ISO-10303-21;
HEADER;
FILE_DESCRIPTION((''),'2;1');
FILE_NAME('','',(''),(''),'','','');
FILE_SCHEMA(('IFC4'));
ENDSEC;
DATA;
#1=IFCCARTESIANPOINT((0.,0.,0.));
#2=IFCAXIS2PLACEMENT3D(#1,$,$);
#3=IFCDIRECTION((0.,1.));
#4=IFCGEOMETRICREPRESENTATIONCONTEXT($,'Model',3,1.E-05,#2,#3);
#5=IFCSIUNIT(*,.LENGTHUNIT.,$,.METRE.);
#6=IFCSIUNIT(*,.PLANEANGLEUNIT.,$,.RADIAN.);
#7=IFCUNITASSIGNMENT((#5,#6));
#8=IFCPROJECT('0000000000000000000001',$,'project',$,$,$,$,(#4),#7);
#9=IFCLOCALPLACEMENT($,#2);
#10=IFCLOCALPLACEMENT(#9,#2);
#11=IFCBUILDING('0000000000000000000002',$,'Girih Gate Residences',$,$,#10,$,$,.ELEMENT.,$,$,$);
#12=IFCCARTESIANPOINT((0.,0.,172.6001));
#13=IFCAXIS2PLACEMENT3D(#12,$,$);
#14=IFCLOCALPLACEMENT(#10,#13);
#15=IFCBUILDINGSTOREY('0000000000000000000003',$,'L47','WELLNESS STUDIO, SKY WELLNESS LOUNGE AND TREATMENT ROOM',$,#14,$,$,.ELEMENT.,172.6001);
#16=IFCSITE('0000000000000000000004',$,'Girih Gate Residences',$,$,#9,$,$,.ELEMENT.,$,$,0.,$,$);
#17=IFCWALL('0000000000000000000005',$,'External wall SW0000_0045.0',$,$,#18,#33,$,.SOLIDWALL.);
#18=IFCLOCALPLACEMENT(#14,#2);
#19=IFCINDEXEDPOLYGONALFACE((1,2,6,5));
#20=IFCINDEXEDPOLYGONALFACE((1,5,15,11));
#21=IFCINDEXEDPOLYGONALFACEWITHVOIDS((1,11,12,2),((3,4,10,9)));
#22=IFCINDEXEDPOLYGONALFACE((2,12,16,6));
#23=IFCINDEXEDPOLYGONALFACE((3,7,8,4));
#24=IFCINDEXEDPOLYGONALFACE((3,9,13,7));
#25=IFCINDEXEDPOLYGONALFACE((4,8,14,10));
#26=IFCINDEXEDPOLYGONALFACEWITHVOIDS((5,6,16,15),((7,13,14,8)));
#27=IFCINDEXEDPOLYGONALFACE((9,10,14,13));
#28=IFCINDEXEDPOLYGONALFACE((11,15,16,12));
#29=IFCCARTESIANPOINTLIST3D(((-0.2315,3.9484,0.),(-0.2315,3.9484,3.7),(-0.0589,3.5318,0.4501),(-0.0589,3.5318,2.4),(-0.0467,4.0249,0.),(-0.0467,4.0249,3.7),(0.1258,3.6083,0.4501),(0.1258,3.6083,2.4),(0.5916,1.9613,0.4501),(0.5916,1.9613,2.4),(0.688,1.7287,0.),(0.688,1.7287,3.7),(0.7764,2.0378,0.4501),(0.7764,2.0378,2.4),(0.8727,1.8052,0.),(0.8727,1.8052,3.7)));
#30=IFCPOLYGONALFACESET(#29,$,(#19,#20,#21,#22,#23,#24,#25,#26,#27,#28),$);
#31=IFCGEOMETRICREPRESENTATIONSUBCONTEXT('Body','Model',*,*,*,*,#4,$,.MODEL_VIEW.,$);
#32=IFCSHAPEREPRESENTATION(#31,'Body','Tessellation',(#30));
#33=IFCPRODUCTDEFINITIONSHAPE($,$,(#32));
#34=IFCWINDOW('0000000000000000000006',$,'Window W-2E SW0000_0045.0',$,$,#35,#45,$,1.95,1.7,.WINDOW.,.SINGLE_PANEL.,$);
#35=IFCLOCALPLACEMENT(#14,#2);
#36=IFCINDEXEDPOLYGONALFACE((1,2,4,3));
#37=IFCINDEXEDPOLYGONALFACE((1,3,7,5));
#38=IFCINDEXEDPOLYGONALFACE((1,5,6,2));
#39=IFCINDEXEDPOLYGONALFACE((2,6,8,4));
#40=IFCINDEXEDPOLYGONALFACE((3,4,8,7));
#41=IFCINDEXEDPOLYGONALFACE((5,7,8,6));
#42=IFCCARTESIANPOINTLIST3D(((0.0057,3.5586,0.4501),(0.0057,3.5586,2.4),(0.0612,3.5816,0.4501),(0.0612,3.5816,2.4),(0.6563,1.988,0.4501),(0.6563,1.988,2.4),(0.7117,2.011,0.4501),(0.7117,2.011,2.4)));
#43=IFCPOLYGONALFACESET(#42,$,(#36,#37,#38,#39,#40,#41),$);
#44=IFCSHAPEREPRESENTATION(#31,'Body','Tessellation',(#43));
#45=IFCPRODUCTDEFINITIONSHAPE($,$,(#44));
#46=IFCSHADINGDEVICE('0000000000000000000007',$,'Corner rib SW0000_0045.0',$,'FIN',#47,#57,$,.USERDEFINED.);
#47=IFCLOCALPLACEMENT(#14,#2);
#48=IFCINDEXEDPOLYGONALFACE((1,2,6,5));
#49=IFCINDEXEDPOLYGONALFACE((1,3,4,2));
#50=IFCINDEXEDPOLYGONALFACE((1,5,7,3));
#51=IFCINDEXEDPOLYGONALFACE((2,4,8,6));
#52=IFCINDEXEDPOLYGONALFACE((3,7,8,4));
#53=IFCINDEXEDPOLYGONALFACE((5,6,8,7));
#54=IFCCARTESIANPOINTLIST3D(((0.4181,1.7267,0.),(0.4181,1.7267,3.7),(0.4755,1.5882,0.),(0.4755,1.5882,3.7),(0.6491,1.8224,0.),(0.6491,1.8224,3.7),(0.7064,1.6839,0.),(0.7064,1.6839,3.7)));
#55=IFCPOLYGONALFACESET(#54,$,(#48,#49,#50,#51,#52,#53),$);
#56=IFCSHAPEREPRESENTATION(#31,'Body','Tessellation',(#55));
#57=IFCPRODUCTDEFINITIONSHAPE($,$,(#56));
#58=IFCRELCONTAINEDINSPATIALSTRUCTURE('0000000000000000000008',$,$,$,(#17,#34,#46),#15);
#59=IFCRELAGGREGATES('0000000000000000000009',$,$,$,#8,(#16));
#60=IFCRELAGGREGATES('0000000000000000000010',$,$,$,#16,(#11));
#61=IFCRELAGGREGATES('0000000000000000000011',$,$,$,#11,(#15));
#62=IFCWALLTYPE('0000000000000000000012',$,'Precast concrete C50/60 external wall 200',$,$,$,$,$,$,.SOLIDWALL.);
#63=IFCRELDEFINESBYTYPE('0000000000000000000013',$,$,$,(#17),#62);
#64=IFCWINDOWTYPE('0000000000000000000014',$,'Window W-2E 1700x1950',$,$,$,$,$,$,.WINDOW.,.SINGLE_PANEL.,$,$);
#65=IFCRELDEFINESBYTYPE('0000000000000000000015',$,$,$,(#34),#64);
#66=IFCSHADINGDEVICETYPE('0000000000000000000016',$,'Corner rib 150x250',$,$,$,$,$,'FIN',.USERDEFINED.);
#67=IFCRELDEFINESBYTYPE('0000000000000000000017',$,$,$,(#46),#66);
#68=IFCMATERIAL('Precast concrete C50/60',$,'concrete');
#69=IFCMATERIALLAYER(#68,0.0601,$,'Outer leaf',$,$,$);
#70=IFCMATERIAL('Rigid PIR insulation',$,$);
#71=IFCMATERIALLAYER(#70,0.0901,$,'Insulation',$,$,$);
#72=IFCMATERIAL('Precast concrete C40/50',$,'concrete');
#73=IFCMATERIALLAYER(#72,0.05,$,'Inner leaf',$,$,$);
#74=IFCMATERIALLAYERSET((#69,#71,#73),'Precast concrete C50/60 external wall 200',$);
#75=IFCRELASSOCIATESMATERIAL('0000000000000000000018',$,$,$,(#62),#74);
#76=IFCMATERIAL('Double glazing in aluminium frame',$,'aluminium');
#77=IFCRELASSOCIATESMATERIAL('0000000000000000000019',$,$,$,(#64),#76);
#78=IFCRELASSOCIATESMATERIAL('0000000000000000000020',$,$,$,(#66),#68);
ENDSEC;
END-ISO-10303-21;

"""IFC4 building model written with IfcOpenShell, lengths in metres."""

from ifc_helpers import new_model, si_unit, direction, frame, frame_2d, origin, origin_2d, place, context, subcontext, project, spatial, rectangle, extrude, material, layer, layer_set, type_object, element, fill, save


model = new_model("IFC4")

# Units and contexts
model_context = context("Model", 3, precision=1e-05, world=origin(), true_north=direction((0.0, 1.0)))
body_context = subcontext(model_context, "Body", "Model", "MODEL_VIEW")
ifc_project = project(units=[si_unit("LENGTHUNIT", "METRE"), si_unit("PLANEANGLEUNIT", "RADIAN")], contexts=[model_context])

# Site, building, storey
site_placement = place(None, origin())
site = spatial("IfcSite", under=ifc_project, at=site_placement, Name="Girih Gate Residences", CompositionType="ELEMENT", RefElevation=0.0)
building_placement = place(site_placement, origin())
building = spatial("IfcBuilding", under=site, at=building_placement, Name="Girih Gate Residences", CompositionType="ELEMENT")
storey_placement = place(building_placement, frame((0.0, 0.0, 172.6001)))
storey = spatial("IfcBuildingStorey", under=building, at=storey_placement, Name="L47", Description="WELLNESS STUDIO, SKY WELLNESS LOUNGE AND TREATMENT ROOM", CompositionType="ELEMENT", Elevation=172.6001)

# Wall, opening, window
ifc_material_1 = material(Name="Precast concrete C50/60", Category="concrete")
ifc_layer_1 = layer(ifc_material_1, 0.0601, Name="Outer leaf")
ifc_material_2 = material(Name="Rigid PIR insulation")
ifc_layer_2 = layer(ifc_material_2, 0.0901, Name="Insulation")
ifc_material_3 = material(Name="Precast concrete C40/50", Category="concrete")
ifc_layer_3 = layer(ifc_material_3, 0.05, Name="Inner leaf")
ifc_layer_set_1 = layer_set([ifc_layer_1, ifc_layer_2, ifc_layer_3], Name="Precast concrete C50/60 external wall 200")
wall_type = type_object("IfcWallType", Name="Precast concrete C50/60 external wall 200", PredefinedType="SOLIDWALL", material=ifc_layer_set_1)
wall_placement = place(storey_placement, frame((0.7803, 1.7671, 0.0), z_axis=(0.0, 0.0, 1.0), x_axis=(-0.382681, 0.923881, 0.0)))
wall = element("IfcWall", 1, at=wall_placement, inside=storey, type_object=wall_type, Name="External wall SW0000_0045.0", PredefinedType="SOLIDWALL", context=body_context, shape_type="SweptSolid", body=[
    extrude(rectangle(XDim=2.4026, YDim=0.2, at=frame_2d((1.2012, 0.0))), origin(), (0.0, 0.0, 1.0), 3.7),
])
opening_placement = place(wall_placement, frame((0.2515, 0.0, 0.45)))
opening = element("IfcOpeningElement", 2, at=opening_placement, cuts=wall, PredefinedType="OPENING", context=body_context, shape_type="SweptSolid", body=[
    extrude(rectangle(XDim=1.7, YDim=1.95, at=frame_2d((0.8501, 0.9751))), frame((0.0, 0.1099, 0.0), z_axis=(0.0, -1.0, 0.0), x_axis=(1.0, 0.0, 0.0)), (0.0, 0.0, 1.0), 0.22),
])
ifc_material_4 = material(Name="Double glazing in aluminium frame", Category="aluminium")
window_type = type_object("IfcWindowType", Name="Window W-2E 1700x1950", PartitioningType="SINGLE_PANEL", PredefinedType="WINDOW", material=ifc_material_4)
window_placement = place(opening_placement, origin())
window = element("IfcWindow", 3, at=window_placement, inside=storey, type_object=window_type, Name="Window W-2E SW0000_0045.0", OverallHeight=1.95, OverallWidth=1.7, PartitioningType="SINGLE_PANEL", PredefinedType="WINDOW", context=body_context, shape_type="SweptSolid", body=[
    extrude(rectangle(XDim=1.7, YDim=1.95, at=frame_2d((0.8501, 0.9751))), frame((0.0, 0.03, 0.0), z_axis=(0.0, -1.0, 0.0), x_axis=(1.0, 0.0, 0.0)), (0.0, 0.0, 1.0), 0.0601),
])
fill(opening, window)

# Shading device
shading_device_type = type_object("IfcShadingDeviceType", Name="Corner rib 150x250", ElementType="FIN", PredefinedType="USERDEFINED", material=ifc_material_1)
shading_device_placement = place(storey_placement, frame((0.5623, 1.7053, 0.0), z_axis=(0.0, 0.0, 1.0), x_axis=(0.382683, -0.92388, 0.0)))
element("IfcShadingDevice", 4, at=shading_device_placement, inside=storey, type_object=shading_device_type, Name="Corner rib SW0000_0045.0", ObjectType="FIN", PredefinedType="USERDEFINED", context=body_context, shape_type="SweptSolid", body=[
    extrude(rectangle(XDim=0.1499, YDim=0.25, at=origin_2d()), origin(), (0.0, 0.0, 1.0), 3.7),
])

save(model, "model.ifc")
